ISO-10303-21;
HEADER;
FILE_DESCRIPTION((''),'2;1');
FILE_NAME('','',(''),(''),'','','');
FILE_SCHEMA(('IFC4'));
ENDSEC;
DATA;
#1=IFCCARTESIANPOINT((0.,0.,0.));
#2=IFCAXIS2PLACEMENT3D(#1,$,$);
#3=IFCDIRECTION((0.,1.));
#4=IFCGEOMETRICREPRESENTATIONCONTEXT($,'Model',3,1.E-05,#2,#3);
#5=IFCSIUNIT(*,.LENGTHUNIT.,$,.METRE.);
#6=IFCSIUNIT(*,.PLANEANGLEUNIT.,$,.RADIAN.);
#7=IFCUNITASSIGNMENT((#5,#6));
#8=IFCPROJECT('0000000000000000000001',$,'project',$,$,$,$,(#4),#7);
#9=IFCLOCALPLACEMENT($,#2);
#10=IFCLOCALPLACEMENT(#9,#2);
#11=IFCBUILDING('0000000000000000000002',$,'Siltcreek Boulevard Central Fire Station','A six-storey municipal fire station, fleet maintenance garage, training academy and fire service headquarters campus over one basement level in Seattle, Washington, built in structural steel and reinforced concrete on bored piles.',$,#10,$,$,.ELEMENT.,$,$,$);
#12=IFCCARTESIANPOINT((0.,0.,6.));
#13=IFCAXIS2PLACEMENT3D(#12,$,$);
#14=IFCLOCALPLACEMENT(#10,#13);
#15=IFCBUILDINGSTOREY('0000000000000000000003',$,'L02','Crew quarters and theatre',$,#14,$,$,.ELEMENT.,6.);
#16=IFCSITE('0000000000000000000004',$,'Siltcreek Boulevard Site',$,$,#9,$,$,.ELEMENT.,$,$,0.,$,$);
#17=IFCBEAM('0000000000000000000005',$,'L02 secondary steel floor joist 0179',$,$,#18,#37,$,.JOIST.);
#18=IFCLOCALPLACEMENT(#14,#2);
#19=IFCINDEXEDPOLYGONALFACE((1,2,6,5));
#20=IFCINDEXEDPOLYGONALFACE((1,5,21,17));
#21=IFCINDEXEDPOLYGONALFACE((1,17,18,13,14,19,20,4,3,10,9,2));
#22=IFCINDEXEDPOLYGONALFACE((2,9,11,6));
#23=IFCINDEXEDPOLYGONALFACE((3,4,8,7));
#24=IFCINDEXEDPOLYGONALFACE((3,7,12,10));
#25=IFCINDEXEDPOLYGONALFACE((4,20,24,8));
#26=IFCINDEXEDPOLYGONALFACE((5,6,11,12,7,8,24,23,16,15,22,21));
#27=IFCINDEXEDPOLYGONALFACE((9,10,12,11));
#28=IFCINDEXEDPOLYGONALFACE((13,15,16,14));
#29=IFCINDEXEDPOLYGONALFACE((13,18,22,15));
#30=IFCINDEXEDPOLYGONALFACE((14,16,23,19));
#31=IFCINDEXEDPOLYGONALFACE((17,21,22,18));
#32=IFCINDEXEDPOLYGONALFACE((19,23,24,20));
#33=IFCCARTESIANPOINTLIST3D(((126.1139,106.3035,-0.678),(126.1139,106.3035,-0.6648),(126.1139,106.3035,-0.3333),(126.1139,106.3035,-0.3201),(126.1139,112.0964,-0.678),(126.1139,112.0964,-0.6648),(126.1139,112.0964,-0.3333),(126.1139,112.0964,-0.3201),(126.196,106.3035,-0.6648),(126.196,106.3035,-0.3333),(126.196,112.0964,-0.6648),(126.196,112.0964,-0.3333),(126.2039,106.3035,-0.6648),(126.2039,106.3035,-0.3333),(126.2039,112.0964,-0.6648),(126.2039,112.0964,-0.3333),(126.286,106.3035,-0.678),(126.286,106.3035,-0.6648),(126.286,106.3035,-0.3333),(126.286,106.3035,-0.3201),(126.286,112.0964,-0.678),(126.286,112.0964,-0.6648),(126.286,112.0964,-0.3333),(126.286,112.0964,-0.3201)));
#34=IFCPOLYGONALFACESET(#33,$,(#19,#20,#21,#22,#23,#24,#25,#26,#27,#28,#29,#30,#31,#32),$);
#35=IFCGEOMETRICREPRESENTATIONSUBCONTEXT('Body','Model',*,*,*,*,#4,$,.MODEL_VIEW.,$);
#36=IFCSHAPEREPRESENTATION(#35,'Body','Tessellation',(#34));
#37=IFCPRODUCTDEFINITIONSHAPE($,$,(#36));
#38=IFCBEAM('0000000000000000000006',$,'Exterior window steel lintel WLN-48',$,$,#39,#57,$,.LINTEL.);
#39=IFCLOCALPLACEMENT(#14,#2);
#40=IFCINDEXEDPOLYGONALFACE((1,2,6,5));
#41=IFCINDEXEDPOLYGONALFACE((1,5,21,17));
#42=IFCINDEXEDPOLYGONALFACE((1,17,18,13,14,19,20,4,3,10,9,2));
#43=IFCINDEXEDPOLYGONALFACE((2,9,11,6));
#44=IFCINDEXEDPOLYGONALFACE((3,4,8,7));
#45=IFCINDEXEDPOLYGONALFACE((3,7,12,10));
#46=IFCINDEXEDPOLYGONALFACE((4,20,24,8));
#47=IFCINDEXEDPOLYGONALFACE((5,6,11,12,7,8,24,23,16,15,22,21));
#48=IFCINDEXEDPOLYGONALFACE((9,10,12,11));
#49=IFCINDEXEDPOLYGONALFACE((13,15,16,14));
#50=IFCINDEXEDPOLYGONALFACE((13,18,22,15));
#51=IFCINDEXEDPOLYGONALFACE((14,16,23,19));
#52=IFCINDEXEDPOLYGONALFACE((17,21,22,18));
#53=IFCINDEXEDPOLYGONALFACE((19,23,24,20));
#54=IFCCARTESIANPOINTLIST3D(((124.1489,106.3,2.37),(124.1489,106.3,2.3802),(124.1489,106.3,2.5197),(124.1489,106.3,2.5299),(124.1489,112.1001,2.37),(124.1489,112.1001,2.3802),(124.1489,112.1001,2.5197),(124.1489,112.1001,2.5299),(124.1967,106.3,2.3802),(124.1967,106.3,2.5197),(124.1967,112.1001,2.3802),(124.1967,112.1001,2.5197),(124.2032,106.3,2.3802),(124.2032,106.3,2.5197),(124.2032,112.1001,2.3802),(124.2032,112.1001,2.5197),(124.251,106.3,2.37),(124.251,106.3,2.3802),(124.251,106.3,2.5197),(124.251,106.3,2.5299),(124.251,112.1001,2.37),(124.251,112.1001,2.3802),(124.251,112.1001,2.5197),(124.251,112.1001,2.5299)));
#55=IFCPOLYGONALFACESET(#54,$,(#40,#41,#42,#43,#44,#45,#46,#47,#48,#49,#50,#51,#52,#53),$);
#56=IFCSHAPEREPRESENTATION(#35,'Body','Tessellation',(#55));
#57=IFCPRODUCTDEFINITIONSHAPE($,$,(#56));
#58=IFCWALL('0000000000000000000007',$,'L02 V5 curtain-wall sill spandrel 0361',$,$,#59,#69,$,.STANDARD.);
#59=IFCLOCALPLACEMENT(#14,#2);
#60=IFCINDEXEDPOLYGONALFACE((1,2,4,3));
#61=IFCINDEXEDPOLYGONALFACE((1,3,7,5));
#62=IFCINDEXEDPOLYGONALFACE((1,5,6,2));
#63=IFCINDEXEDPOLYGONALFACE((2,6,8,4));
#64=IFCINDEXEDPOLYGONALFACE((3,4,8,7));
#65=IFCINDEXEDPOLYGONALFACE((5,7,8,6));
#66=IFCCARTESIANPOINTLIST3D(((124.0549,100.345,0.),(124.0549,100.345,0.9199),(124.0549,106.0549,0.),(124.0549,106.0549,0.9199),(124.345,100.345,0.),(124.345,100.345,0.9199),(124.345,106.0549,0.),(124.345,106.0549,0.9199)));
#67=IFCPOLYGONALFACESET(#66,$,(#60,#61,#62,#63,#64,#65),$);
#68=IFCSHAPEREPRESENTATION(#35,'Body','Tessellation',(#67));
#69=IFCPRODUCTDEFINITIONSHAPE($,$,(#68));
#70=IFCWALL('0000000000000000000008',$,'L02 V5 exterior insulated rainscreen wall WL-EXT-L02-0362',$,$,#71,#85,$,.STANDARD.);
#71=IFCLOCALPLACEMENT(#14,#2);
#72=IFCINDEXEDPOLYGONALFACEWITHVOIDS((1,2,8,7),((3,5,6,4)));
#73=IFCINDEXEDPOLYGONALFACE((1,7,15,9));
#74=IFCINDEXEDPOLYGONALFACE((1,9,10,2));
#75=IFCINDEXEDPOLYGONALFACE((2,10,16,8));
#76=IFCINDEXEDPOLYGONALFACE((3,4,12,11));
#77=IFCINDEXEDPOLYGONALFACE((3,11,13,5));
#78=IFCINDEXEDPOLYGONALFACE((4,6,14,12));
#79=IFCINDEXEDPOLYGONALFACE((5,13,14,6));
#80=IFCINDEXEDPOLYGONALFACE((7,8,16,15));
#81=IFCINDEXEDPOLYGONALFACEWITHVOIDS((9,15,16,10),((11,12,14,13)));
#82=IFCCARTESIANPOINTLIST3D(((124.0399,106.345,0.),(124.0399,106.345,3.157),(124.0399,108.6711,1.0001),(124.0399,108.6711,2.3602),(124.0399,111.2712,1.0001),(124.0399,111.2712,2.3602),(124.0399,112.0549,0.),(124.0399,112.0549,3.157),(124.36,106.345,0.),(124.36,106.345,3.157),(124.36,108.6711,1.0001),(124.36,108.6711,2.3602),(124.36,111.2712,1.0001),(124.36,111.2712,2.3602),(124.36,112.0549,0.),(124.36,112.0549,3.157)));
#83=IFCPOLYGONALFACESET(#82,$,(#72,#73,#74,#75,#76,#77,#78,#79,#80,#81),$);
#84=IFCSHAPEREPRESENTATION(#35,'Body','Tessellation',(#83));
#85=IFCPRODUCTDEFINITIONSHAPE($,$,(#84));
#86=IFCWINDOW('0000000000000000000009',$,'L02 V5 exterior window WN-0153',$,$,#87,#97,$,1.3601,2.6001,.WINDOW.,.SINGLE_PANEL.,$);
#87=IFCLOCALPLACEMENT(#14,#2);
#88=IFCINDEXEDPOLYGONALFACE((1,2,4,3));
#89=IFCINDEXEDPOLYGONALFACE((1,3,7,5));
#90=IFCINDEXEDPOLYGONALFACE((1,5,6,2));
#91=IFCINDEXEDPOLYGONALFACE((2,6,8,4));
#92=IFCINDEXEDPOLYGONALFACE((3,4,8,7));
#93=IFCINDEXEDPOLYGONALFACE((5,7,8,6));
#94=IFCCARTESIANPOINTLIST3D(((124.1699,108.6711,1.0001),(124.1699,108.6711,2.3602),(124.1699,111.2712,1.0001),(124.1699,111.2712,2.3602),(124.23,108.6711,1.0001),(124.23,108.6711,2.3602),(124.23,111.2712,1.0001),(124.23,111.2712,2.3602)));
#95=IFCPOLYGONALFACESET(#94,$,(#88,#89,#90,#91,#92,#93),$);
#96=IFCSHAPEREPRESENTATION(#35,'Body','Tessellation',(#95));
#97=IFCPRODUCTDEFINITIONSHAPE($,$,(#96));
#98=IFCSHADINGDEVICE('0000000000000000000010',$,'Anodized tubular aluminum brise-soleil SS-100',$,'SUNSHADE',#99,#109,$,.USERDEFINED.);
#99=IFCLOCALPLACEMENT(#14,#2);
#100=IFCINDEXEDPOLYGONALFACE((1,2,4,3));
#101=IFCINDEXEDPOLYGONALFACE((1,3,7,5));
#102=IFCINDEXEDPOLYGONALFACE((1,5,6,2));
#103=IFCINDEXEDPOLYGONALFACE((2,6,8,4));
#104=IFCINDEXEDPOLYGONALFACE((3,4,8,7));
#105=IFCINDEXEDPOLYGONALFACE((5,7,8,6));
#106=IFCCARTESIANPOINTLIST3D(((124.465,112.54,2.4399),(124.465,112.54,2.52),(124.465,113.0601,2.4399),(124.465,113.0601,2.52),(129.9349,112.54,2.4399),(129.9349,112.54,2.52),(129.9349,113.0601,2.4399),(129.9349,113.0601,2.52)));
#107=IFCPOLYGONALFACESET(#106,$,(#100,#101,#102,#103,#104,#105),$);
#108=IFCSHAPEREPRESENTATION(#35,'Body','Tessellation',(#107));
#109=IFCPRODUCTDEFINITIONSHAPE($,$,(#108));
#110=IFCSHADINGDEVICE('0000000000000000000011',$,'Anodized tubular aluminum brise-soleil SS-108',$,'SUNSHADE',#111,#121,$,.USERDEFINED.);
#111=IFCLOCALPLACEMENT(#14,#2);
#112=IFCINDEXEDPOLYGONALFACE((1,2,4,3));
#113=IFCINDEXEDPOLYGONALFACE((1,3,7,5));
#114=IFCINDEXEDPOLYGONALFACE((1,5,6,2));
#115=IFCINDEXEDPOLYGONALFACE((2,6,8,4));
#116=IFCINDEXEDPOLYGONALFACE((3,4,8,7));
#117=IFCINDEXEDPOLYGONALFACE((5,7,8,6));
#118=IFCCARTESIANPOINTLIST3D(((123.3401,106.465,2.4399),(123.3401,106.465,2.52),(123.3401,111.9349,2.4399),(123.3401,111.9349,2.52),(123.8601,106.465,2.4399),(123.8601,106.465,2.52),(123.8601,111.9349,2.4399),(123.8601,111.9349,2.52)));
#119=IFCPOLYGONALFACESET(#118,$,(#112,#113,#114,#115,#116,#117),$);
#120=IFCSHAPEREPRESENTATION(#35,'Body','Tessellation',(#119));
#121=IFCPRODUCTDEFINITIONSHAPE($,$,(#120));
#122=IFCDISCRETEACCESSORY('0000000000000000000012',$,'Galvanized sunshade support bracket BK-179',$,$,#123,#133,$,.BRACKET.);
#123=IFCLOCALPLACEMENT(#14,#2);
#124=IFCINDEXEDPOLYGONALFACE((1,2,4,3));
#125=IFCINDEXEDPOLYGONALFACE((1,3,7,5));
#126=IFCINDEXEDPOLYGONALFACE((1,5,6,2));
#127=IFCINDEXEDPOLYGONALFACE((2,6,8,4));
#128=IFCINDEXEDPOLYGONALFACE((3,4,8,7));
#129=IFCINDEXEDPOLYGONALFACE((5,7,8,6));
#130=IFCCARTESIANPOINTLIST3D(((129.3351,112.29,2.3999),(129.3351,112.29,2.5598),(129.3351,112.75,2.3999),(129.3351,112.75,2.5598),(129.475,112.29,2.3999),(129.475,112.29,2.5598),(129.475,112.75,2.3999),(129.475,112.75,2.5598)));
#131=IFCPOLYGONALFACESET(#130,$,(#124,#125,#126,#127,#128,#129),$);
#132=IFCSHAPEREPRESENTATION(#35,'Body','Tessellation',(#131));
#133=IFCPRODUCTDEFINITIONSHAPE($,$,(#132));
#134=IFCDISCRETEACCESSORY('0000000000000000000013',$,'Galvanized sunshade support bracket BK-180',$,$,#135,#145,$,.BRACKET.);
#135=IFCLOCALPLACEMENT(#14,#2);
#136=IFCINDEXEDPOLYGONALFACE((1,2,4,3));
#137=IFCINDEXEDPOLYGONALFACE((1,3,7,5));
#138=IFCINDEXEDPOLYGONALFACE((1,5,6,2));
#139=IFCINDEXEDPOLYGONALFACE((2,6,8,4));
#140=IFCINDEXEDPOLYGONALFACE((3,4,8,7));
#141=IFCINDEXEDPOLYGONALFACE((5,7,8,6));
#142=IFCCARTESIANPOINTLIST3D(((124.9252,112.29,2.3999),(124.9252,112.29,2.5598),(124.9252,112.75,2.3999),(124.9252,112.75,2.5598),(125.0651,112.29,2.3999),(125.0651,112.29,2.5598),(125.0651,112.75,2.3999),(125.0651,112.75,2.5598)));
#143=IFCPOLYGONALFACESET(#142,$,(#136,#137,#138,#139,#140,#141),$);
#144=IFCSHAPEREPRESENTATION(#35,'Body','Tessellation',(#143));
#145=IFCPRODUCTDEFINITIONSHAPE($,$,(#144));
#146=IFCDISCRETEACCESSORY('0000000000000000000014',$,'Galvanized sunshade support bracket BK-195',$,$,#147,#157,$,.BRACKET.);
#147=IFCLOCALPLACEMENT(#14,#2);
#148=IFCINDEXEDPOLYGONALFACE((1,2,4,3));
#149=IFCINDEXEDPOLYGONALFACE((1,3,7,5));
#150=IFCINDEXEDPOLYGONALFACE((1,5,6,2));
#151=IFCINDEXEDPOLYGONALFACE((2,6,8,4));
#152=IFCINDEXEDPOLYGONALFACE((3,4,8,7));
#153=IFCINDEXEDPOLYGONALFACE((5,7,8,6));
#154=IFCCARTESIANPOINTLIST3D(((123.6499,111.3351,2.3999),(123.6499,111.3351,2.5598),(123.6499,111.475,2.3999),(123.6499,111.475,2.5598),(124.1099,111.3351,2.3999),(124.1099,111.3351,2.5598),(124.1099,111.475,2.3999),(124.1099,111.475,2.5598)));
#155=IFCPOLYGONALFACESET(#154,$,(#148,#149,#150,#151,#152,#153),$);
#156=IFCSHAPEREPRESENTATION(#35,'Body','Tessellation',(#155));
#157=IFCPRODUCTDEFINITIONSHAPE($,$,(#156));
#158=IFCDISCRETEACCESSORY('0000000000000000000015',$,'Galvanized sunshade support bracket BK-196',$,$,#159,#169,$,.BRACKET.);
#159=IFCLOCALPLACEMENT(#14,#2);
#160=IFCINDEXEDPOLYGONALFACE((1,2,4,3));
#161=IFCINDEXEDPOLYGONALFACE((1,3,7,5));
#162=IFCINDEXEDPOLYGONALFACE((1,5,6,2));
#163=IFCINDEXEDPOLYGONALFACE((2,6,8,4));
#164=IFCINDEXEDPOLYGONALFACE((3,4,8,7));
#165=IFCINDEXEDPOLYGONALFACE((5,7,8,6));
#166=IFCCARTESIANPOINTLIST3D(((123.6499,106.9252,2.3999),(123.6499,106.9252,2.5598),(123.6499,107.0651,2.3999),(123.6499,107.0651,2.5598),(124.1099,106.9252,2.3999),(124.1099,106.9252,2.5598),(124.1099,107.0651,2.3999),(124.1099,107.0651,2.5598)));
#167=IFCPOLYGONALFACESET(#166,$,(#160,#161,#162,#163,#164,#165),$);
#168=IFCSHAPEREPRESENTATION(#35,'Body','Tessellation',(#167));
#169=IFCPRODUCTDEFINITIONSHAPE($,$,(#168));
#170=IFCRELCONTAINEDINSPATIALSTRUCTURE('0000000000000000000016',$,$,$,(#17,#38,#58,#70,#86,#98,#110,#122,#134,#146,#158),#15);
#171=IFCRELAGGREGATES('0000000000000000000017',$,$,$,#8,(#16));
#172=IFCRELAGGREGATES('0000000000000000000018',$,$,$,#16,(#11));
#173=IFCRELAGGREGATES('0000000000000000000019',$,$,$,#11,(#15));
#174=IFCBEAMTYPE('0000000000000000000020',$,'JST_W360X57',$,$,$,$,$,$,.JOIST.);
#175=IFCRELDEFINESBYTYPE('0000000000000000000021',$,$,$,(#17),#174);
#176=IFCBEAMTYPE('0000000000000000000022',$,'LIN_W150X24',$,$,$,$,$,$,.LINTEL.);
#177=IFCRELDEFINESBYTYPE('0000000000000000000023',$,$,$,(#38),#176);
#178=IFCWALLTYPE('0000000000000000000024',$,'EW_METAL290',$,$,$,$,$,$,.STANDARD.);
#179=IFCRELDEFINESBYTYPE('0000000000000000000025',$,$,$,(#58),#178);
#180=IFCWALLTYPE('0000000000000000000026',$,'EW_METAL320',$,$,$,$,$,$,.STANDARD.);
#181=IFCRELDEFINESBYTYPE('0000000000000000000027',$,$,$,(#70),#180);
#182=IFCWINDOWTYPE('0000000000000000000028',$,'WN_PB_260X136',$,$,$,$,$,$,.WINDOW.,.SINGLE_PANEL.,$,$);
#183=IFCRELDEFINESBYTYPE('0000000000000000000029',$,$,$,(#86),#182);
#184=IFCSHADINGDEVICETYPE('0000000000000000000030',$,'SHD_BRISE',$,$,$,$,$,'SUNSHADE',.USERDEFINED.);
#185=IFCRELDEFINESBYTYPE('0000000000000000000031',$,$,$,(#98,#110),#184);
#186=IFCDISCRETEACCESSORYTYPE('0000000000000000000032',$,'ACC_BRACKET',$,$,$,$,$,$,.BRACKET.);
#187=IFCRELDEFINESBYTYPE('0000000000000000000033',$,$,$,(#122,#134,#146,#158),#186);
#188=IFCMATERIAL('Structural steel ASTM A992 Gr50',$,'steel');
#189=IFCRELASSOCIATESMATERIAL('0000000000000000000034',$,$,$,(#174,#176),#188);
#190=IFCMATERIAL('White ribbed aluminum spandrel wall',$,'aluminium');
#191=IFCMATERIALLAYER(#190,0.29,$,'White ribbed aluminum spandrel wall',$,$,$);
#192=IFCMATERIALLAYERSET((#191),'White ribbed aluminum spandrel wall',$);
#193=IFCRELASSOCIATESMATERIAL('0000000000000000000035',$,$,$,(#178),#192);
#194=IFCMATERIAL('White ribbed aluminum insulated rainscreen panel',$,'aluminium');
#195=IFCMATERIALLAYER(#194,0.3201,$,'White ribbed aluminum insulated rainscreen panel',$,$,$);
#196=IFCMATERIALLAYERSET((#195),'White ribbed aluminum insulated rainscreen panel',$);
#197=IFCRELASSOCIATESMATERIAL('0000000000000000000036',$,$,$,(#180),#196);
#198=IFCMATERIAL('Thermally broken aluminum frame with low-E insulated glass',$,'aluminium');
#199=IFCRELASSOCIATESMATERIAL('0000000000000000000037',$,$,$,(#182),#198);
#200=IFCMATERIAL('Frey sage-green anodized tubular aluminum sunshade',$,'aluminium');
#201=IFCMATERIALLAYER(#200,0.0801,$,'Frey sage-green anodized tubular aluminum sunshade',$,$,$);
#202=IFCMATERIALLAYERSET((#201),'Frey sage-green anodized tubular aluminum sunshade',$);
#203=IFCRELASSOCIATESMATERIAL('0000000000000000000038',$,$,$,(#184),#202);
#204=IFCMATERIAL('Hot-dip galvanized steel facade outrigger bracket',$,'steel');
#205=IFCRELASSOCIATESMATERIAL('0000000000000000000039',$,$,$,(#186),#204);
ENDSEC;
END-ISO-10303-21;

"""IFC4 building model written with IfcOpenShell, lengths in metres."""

from ifc_helpers import new_model, si_unit, direction, frame, frame_2d, origin, origin_2d, place, context, subcontext, project, spatial, rectangle, i_section, extrude, material, layer, layer_set, material_profile, profile_set, type_object, element, fill, save


model = new_model("IFC4")

# Units and contexts
model_context = context("Model", 3, precision=1e-05, world=origin(), true_north=direction((0.0, 1.0)))
body_context = subcontext(model_context, "Body", "Model", "MODEL_VIEW")
ifc_project = project(units=[si_unit("LENGTHUNIT", "METRE"), si_unit("PLANEANGLEUNIT", "RADIAN")], contexts=[model_context])

# Site, building, storey
site_placement = place(None, origin())
site = spatial("IfcSite", under=ifc_project, at=site_placement, Name="Siltcreek Boulevard Site", CompositionType="ELEMENT", RefElevation=0.0)
building_placement = place(site_placement, origin())
building = spatial("IfcBuilding", under=site, at=building_placement, Name="Siltcreek Boulevard Central Fire Station", Description="A six-storey municipal fire station, fleet maintenance garage, training academy and fire service headquarters campus over one basement level in Seattle, Washington, built in structural steel and reinforced concrete on bored piles.", CompositionType="ELEMENT")
storey_placement = place(building_placement, frame((0.0, 0.0, 6.0)))
storey = spatial("IfcBuildingStorey", under=building, at=storey_placement, Name="L02", Description="Crew quarters and theatre", CompositionType="ELEMENT", Elevation=6.0)

# Shared definitions
ifc_material_1 = material(Name="Structural steel ASTM A992 Gr50", Category="steel")

# Beams
ifc_material_profile_1 = material_profile(ifc_material_1, i_section(OverallWidth=0.1721, OverallDepth=0.3579, WebThickness=0.0078, FlangeThickness=0.0132, at=origin_2d()), Name="W360X57")
ifc_profile_set_1 = profile_set([ifc_material_profile_1], Name="Structural steel ASTM A992 Gr50")
beam_type_1 = type_object("IfcBeamType", Name="JST_W360X57", PredefinedType="JOIST", material=ifc_profile_set_1)
beam_1_placement = place(storey_placement, frame((126.2, 106.3035, -0.499), z_axis=(0.0, 1.0, 0.0), x_axis=(-1.0, 0.0, 0.0)))
element("IfcBeam", 1, at=beam_1_placement, inside=storey, type_object=beam_type_1, Name="L02 secondary steel floor joist 0179", PredefinedType="JOIST", context=body_context, shape_type="SweptSolid", body=[
    extrude(i_section(OverallWidth=0.1721, OverallDepth=0.3579, WebThickness=0.0078, FlangeThickness=0.0132, at=origin_2d()), origin(), (0.0, 0.0, 1.0), 5.793),
])
ifc_material_profile_2 = material_profile(ifc_material_1, i_section(OverallWidth=0.1021, OverallDepth=0.1599, WebThickness=0.0066, FlangeThickness=0.0103, at=origin_2d()), Name="W150X24")
ifc_profile_set_2 = profile_set([ifc_material_profile_2], Name="Structural steel ASTM A992 Gr50")
beam_type_2 = type_object("IfcBeamType", Name="LIN_W150X24", PredefinedType="LINTEL", material=ifc_profile_set_2)
beam_2_placement = place(storey_placement, frame((124.2, 112.1001, 2.45), z_axis=(0.0, -1.0, 0.0), x_axis=(1.0, 0.0, 0.0)))
element("IfcBeam", 2, at=beam_2_placement, inside=storey, type_object=beam_type_2, Name="Exterior window steel lintel WLN-48", PredefinedType="LINTEL", context=body_context, shape_type="SweptSolid", body=[
    extrude(i_section(OverallWidth=0.1021, OverallDepth=0.1599, WebThickness=0.0066, FlangeThickness=0.0103, at=origin_2d()), origin(), (0.0, 0.0, 1.0), 5.8),
])

# Wall
ifc_material_2 = material(Name="White ribbed aluminum spandrel wall", Category="aluminium")
ifc_layer_1 = layer(ifc_material_2, 0.29, Name="White ribbed aluminum spandrel wall")
ifc_layer_set_1 = layer_set([ifc_layer_1], Name="White ribbed aluminum spandrel wall")
wall_type_1 = type_object("IfcWallType", Name="EW_METAL290", PredefinedType="STANDARD", material=ifc_layer_set_1)
wall_1_placement = place(storey_placement, frame((124.2, 106.0549, 0.0), z_axis=(0.0, 0.0, 1.0), x_axis=(0.0, -1.0, 0.0)))
element("IfcWall", 3, at=wall_1_placement, inside=storey, type_object=wall_type_1, Name="L02 V5 curtain-wall sill spandrel 0361", PredefinedType="STANDARD", context=body_context, shape_type="SweptSolid", body=[
    extrude(rectangle(XDim=5.71, YDim=0.29, at=frame_2d((2.855, 0.0))), origin(), (0.0, 0.0, 1.0), 0.9199),
])

# Wall, opening, window
ifc_material_3 = material(Name="White ribbed aluminum insulated rainscreen panel", Category="aluminium")
ifc_layer_2 = layer(ifc_material_3, 0.3201, Name="White ribbed aluminum insulated rainscreen panel")
ifc_layer_set_2 = layer_set([ifc_layer_2], Name="White ribbed aluminum insulated rainscreen panel")
wall_type_2 = type_object("IfcWallType", Name="EW_METAL320", PredefinedType="STANDARD", material=ifc_layer_set_2)
wall_2_placement = place(storey_placement, frame((124.2, 112.0549, 0.0), z_axis=(0.0, 0.0, 1.0), x_axis=(0.0, -1.0, 0.0)))
wall_2 = element("IfcWall", 4, at=wall_2_placement, inside=storey, type_object=wall_type_2, Name="L02 V5 exterior insulated rainscreen wall WL-EXT-L02-0362", PredefinedType="STANDARD", context=body_context, shape_type="SweptSolid", body=[
    extrude(rectangle(XDim=5.71, YDim=0.3201, at=frame_2d((2.855, 0.0))), origin(), (0.0, 0.0, 1.0), 3.157),
])
opening_placement = place(wall_2_placement, frame((0.7837, 0.0, 1.0)))
opening = element("IfcOpeningElement", 5, at=opening_placement, cuts=wall_2, PredefinedType="OPENING", context=body_context, shape_type="SweptSolid", body=[
    extrude(rectangle(XDim=2.6001, YDim=1.3601, at=frame_2d((1.3, 0.6802))), frame((0.0, 0.1699, 0.0), z_axis=(0.0, -1.0, 0.0), x_axis=(1.0, 0.0, 0.0)), (0.0, 0.0, 1.0), 0.3401),
])
ifc_material_4 = material(Name="Thermally broken aluminum frame with low-E insulated glass", Category="aluminium")
window_type = type_object("IfcWindowType", Name="WN_PB_260X136", PartitioningType="SINGLE_PANEL", PredefinedType="WINDOW", material=ifc_material_4)
window_placement = place(opening_placement, origin())
window = element("IfcWindow", 6, at=window_placement, inside=storey, type_object=window_type, Name="L02 V5 exterior window WN-0153", OverallHeight=1.3601, OverallWidth=2.6001, PartitioningType="SINGLE_PANEL", PredefinedType="WINDOW", context=body_context, shape_type="SweptSolid", body=[
    extrude(rectangle(XDim=2.6001, YDim=1.3601, at=frame_2d((1.3, 0.6802))), frame((0.0, 0.03, 0.0), z_axis=(0.0, -1.0, 0.0), x_axis=(1.0, 0.0, 0.0)), (0.0, 0.0, 1.0), 0.0601),
])
fill(opening, window)

# Shading devices
ifc_material_5 = material(Name="Frey sage-green anodized tubular aluminum sunshade", Category="aluminium")
ifc_layer_3 = layer(ifc_material_5, 0.0801, Name="Frey sage-green anodized tubular aluminum sunshade")
ifc_layer_set_3 = layer_set([ifc_layer_3], Name="Frey sage-green anodized tubular aluminum sunshade")
shading_device_type = type_object("IfcShadingDeviceType", Name="SHD_BRISE", ElementType="SUNSHADE", PredefinedType="USERDEFINED", material=ifc_layer_set_3)
for number, where, z_axis, x_axis, name in (
    (7, (127.2, 112.8, 2.4399), (0.0, 0.0, 1.0), (-1.0, 0.0, 0.0), "Anodized tubular aluminum brise-soleil SS-100"),
    (8, (123.6001, 109.2, 2.4399), (0.0, 0.0, 1.0), (0.0, -1.0, 0.0), "Anodized tubular aluminum brise-soleil SS-108"),
):
    element("IfcShadingDevice", number, at=place(storey_placement, frame(where, z_axis=z_axis, x_axis=x_axis)), inside=storey, type_object=shading_device_type, Name=name, ObjectType="SUNSHADE", PredefinedType="USERDEFINED", context=body_context, shape_type="SweptSolid", body=[
        extrude(rectangle(XDim=5.47, YDim=0.52, at=origin_2d()), origin(), (0.0, 0.0, 1.0), 0.0801),
    ])

# Discrete accessories
ifc_material_6 = material(Name="Hot-dip galvanized steel facade outrigger bracket", Category="steel")
discrete_accessory_type = type_object("IfcDiscreteAccessoryType", Name="ACC_BRACKET", PredefinedType="BRACKET", material=ifc_material_6)
for number, where, z_axis, x_axis, name in (
    (9, (129.405, 112.52, 2.3999), (0.0, 0.0, 1.0), (-1.0, 0.0, 0.0), "Galvanized sunshade support bracket BK-179"),
    (10, (124.9951, 112.52, 2.3999), (0.0, 0.0, 1.0), (-1.0, 0.0, 0.0), "Galvanized sunshade support bracket BK-180"),
    (11, (123.8799, 111.405, 2.3999), (0.0, 0.0, 1.0), (0.0, -1.0, 0.0), "Galvanized sunshade support bracket BK-195"),
    (12, (123.8799, 106.9951, 2.3999), (0.0, 0.0, 1.0), (0.0, -1.0, 0.0), "Galvanized sunshade support bracket BK-196"),
):
    element("IfcDiscreteAccessory", number, at=place(storey_placement, frame(where, z_axis=z_axis, x_axis=x_axis)), inside=storey, type_object=discrete_accessory_type, Name=name, PredefinedType="BRACKET", context=body_context, shape_type="SweptSolid", body=[
        extrude(rectangle(XDim=0.1399, YDim=0.46, at=origin_2d()), origin(), (0.0, 0.0, 1.0), 0.1599),
    ])

save(model, "model.ifc")
